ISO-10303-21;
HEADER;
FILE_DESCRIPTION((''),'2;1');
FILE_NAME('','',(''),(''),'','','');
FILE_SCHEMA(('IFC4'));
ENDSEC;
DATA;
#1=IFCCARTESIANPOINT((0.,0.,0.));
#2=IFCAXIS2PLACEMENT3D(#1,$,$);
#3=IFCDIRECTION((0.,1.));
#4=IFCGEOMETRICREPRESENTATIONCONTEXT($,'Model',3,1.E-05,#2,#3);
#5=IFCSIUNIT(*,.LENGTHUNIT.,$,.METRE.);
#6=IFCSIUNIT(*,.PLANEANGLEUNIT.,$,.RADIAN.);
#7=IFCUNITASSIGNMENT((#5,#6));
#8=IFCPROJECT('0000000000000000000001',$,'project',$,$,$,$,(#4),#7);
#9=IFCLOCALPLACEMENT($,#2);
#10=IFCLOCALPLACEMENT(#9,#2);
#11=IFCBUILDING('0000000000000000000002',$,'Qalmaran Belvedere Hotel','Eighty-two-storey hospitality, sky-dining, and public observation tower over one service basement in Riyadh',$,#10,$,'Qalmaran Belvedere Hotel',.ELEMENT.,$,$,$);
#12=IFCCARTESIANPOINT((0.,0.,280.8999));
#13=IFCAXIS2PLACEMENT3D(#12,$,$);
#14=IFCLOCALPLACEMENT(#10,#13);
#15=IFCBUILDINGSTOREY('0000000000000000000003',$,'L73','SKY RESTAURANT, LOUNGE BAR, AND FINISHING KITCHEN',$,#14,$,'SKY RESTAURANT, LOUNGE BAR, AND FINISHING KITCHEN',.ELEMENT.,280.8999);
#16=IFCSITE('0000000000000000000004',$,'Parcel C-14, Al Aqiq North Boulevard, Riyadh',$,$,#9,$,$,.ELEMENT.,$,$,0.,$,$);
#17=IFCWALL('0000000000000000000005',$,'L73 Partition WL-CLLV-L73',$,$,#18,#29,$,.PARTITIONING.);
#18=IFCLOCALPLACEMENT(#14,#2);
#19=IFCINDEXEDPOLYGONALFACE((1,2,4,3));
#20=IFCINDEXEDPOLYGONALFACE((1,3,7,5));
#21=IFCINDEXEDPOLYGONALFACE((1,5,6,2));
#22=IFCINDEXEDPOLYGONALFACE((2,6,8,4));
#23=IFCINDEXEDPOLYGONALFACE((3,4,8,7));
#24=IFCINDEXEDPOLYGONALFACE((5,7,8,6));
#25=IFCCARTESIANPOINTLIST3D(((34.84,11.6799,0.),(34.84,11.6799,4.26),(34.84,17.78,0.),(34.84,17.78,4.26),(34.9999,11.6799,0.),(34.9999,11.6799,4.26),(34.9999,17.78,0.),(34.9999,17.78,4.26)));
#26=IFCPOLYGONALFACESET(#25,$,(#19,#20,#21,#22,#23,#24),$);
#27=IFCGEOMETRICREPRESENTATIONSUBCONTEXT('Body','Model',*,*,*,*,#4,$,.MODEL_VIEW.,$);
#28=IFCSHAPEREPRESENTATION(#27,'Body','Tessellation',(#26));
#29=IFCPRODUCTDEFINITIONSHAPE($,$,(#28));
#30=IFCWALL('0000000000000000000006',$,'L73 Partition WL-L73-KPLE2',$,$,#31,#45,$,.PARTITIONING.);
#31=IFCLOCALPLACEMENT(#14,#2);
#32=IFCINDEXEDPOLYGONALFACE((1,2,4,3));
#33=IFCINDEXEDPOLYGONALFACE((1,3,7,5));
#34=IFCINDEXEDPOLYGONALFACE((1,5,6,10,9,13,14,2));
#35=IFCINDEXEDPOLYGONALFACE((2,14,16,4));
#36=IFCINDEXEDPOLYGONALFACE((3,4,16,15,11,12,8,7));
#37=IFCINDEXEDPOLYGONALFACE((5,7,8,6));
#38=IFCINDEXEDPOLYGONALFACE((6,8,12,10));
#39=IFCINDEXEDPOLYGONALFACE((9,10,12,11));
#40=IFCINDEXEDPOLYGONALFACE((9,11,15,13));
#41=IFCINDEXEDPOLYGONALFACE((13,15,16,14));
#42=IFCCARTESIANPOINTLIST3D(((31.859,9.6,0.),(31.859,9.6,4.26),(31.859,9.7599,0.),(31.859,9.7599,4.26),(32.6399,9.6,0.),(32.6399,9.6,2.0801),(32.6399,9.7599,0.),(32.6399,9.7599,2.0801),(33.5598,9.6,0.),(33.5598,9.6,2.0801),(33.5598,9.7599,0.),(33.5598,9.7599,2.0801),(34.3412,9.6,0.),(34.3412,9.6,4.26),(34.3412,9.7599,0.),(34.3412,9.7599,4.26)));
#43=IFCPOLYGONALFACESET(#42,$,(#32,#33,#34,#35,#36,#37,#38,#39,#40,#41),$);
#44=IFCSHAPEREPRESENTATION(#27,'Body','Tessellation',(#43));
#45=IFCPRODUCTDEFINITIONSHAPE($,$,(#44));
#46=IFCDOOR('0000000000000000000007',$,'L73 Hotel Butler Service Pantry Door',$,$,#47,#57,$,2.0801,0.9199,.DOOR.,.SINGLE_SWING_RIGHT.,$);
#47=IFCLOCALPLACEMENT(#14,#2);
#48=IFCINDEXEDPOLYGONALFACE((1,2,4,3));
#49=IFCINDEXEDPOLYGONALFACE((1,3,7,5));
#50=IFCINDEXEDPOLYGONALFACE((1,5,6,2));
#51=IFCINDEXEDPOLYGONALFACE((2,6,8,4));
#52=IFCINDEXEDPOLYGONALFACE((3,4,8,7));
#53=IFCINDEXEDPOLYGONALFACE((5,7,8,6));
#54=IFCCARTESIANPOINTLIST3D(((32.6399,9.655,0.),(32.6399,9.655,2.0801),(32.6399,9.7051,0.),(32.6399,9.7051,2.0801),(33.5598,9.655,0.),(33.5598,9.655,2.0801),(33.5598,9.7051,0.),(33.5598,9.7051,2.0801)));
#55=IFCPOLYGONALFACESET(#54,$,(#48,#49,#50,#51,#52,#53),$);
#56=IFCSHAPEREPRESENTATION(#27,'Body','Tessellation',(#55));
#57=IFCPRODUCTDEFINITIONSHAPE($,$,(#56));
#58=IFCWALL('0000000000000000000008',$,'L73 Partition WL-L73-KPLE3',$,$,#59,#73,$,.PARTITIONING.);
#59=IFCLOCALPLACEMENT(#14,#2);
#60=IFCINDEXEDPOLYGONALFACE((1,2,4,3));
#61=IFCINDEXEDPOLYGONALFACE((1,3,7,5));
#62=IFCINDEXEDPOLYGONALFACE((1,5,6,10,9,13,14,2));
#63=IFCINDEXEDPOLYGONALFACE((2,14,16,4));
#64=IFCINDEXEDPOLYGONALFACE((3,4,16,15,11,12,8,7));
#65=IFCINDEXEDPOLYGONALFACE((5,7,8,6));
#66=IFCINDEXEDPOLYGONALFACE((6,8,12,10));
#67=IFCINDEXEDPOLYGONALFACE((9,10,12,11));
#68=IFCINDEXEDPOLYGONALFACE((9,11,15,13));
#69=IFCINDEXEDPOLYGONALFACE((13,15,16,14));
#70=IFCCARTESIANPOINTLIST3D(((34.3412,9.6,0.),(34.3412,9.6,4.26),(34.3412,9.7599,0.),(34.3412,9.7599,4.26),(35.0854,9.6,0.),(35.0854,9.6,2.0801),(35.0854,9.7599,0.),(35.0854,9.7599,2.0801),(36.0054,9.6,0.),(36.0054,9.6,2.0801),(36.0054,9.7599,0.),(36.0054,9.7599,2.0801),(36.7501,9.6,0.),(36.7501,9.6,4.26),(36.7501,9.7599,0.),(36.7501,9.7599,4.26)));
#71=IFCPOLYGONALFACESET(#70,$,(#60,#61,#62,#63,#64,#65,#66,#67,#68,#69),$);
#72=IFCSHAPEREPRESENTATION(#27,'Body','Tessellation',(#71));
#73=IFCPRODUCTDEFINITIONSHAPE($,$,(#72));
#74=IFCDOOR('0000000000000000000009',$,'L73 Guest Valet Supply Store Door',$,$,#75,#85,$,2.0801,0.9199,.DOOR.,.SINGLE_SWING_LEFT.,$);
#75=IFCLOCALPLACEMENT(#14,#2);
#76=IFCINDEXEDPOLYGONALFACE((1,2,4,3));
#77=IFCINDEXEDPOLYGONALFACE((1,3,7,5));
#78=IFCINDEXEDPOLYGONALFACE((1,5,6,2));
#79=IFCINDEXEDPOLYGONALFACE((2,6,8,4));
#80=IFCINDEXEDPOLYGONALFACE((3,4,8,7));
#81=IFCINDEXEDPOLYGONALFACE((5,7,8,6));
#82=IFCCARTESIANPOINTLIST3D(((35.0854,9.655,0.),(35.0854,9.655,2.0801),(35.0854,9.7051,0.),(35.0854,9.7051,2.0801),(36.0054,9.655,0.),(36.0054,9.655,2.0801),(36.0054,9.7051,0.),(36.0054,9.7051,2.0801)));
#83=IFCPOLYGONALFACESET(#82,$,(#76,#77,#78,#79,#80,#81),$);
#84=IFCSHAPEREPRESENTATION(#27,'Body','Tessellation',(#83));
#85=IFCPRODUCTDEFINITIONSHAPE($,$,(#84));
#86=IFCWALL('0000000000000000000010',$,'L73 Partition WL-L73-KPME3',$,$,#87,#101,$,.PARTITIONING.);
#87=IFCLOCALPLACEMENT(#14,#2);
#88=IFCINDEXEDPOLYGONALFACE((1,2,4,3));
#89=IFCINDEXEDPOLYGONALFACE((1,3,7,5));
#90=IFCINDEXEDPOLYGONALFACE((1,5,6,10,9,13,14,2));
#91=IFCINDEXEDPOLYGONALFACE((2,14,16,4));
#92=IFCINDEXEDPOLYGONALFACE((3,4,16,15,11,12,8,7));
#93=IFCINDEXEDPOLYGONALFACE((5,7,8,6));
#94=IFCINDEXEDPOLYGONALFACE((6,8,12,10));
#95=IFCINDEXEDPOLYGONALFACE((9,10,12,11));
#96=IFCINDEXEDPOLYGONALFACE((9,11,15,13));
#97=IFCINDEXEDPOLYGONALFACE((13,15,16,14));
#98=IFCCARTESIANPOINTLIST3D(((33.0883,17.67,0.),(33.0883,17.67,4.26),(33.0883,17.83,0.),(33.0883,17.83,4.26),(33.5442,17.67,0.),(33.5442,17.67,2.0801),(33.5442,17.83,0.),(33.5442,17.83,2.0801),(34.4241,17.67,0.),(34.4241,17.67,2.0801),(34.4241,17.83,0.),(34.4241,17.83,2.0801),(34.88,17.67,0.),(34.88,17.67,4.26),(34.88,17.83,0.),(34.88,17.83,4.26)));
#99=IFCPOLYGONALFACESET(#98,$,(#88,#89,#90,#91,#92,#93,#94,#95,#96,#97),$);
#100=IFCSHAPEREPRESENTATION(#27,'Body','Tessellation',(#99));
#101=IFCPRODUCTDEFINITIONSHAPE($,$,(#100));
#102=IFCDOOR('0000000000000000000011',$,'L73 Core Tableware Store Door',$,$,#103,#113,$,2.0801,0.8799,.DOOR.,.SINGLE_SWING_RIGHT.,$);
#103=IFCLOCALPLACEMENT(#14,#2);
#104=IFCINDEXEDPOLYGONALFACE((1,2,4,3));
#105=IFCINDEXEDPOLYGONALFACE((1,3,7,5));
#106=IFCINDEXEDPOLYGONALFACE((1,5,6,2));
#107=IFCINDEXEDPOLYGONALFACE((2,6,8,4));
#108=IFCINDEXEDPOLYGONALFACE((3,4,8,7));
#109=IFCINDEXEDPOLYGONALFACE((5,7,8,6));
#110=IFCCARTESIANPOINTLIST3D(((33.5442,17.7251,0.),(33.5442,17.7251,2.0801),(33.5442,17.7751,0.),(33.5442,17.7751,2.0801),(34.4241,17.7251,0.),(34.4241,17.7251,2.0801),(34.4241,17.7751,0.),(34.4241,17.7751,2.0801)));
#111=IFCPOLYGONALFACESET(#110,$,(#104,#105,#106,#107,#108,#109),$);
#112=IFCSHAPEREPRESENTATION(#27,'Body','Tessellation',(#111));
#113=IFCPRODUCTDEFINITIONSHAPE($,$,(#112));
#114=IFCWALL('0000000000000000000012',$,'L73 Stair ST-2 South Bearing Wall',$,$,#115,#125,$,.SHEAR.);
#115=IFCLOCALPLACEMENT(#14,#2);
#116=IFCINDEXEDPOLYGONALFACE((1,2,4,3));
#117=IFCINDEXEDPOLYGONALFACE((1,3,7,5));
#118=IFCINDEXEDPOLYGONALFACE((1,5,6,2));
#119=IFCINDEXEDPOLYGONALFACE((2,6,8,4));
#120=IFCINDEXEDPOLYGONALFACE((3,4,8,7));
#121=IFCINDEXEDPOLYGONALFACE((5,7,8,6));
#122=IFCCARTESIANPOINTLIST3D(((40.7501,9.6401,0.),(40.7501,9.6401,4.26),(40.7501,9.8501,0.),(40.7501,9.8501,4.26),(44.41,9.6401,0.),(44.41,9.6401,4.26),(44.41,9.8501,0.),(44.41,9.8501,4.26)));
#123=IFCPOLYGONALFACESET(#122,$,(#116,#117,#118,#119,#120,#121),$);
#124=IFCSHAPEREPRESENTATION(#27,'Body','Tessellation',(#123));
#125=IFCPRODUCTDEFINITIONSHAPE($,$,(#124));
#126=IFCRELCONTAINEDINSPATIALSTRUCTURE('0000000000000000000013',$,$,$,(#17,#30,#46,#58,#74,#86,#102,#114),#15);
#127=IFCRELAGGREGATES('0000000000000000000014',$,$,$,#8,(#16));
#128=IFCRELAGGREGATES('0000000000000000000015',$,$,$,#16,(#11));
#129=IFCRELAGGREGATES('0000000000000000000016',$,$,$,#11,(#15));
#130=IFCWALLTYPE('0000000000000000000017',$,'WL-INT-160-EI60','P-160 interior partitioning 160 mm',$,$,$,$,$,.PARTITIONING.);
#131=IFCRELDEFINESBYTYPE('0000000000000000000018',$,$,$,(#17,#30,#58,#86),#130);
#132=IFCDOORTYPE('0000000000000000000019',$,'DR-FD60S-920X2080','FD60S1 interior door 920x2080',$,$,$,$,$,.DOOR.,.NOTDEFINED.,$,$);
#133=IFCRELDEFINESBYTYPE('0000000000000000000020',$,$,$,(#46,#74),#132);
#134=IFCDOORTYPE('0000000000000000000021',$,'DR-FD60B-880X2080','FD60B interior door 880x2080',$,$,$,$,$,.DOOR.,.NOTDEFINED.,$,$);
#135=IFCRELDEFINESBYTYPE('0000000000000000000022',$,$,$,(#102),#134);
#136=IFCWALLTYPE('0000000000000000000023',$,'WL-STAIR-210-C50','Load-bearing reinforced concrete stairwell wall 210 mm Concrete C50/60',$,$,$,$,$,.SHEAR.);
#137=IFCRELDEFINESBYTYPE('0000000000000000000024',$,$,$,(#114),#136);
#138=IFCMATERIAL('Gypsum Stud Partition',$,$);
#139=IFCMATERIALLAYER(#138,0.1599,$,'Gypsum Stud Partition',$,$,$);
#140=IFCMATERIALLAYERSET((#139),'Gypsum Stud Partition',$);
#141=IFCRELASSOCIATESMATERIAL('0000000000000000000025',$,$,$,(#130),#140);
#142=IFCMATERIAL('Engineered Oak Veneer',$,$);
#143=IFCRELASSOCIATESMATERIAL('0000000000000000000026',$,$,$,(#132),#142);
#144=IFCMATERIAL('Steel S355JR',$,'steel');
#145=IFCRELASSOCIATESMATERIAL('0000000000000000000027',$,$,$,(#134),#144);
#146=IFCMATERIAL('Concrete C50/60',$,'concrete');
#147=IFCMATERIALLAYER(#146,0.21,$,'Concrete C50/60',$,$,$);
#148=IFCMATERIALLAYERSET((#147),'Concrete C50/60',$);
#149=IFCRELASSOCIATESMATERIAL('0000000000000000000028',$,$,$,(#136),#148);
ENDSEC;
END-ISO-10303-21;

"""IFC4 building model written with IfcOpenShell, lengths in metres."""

from ifc_helpers import new_model, si_unit, direction, frame, frame_2d, origin, place, context, subcontext, project, spatial, rectangle, extrude, material, layer, layer_set, type_object, element, fill, save


model = new_model("IFC4")

# Units and contexts
model_context = context("Model", 3, precision=1e-05, world=origin(), true_north=direction((0.0, 1.0)))
body_context = subcontext(model_context, "Body", "Model", "MODEL_VIEW")
ifc_project = project(units=[si_unit("LENGTHUNIT", "METRE"), si_unit("PLANEANGLEUNIT", "RADIAN")], contexts=[model_context])

# Site, building, storey
site_placement = place(None, origin())
site = spatial("IfcSite", under=ifc_project, at=site_placement, Name="Parcel C-14, Al Aqiq North Boulevard, Riyadh", CompositionType="ELEMENT", RefElevation=0.0)
building_placement = place(site_placement, origin())
building = spatial("IfcBuilding", under=site, at=building_placement, Name="Qalmaran Belvedere Hotel", Description="Eighty-two-storey hospitality, sky-dining, and public observation tower over one service basement in Riyadh", LongName="Qalmaran Belvedere Hotel", CompositionType="ELEMENT")
storey_placement = place(building_placement, frame((0.0, 0.0, 280.8999)))
storey = spatial("IfcBuildingStorey", under=building, at=storey_placement, Name="L73", Description="SKY RESTAURANT, LOUNGE BAR, AND FINISHING KITCHEN", LongName="SKY RESTAURANT, LOUNGE BAR, AND FINISHING KITCHEN", CompositionType="ELEMENT", Elevation=280.8999)

# Shared definitions
ifc_material_1 = material(Name="Concrete C50/60", Category="concrete")

# Shared definitions
ifc_material_2 = material(Name="Steel S355JR", Category="steel")

# Shared definitions
ifc_material_3 = material(Name="Gypsum Stud Partition")

# Shared definitions
ifc_layer_1 = layer(ifc_material_3, 0.1599, Name="Gypsum Stud Partition")
ifc_layer_set_1 = layer_set([ifc_layer_1], Name="Gypsum Stud Partition")
wall_type_1 = type_object("IfcWallType", Name="WL-INT-160-EI60", Description="P-160 interior partitioning 160 mm", PredefinedType="PARTITIONING", material=ifc_layer_set_1)
ifc_material_4 = material(Name="Engineered Oak Veneer")
door_type_1 = type_object("IfcDoorType", Name="DR-FD60S-920X2080", Description="FD60S1 interior door 920x2080", OperationType="NOTDEFINED", PredefinedType="DOOR", material=ifc_material_4)

# Wall
wall_1_placement = place(storey_placement, frame((34.9199, 11.6799, 0.0), z_axis=(0.0, 0.0, 1.0), x_axis=(0.0, 1.0, 0.0)))
element("IfcWall", 1, at=wall_1_placement, inside=storey, type_object=wall_type_1, Name="L73 Partition WL-CLLV-L73", PredefinedType="PARTITIONING", context=body_context, shape_type="SweptSolid", body=[
    extrude(rectangle(XDim=6.1001, YDim=0.1599, at=frame_2d((3.05, 0.0))), origin(), (0.0, 0.0, 1.0), 4.26),
])

# Walls, openings, doors
wall_2_placement = place(storey_placement, frame((31.8589, 9.6799, 0.0), z_axis=(0.0, 0.0, 1.0), x_axis=(1.0, 0.0, 0.0)))
wall_2 = element("IfcWall", 2, at=wall_2_placement, inside=storey, type_object=wall_type_1, Name="L73 Partition WL-L73-KPLE2", PredefinedType="PARTITIONING", context=body_context, shape_type="SweptSolid", body=[
    extrude(rectangle(XDim=2.4822, YDim=0.1599, at=frame_2d((1.2412, 0.0))), origin(), (0.0, 0.0, 1.0), 4.26),
])
opening_1_placement = place(wall_2_placement, frame((1.7009, 0.0, 0.0), z_axis=(0.0, 0.0, 1.0), x_axis=(-1.0, 0.0, 0.0)))
opening_1 = element("IfcOpeningElement", 3, at=opening_1_placement, cuts=wall_2, PredefinedType="OPENING", context=body_context, shape_type="SweptSolid", body=[
    extrude(rectangle(XDim=0.9199, YDim=2.0801, at=frame_2d((0.46, 1.04))), frame((0.0, 0.0898, 0.0), z_axis=(0.0, -1.0, 0.0), x_axis=(1.0, 0.0, 0.0)), (0.0, 0.0, 1.0), 0.1799),
])
door_1_placement = place(opening_1_placement, origin())
door_1 = element("IfcDoor", 4, at=door_1_placement, inside=storey, type_object=door_type_1, Name="L73 Hotel Butler Service Pantry Door", OperationType="SINGLE_SWING_RIGHT", OverallHeight=2.0801, OverallWidth=0.9199, PredefinedType="DOOR", context=body_context, shape_type="SweptSolid", body=[
    extrude(rectangle(XDim=0.9199, YDim=2.0801, at=frame_2d((0.46, 1.04))), frame((0.0, 0.0249, 0.0), z_axis=(0.0, -1.0, 0.0), x_axis=(1.0, 0.0, 0.0)), (0.0, 0.0, 1.0), 0.05),
])
fill(opening_1, door_1)
wall_3_placement = place(storey_placement, frame((34.3411, 9.6799, 0.0), z_axis=(0.0, 0.0, 1.0), x_axis=(1.0, 0.0, 0.0)))
wall_3 = element("IfcWall", 5, at=wall_3_placement, inside=storey, type_object=wall_type_1, Name="L73 Partition WL-L73-KPLE3", PredefinedType="PARTITIONING", context=body_context, shape_type="SweptSolid", body=[
    extrude(rectangle(XDim=2.4089, YDim=0.1599, at=frame_2d((1.2046, 0.0))), origin(), (0.0, 0.0, 1.0), 4.26),
])
opening_2_placement = place(wall_3_placement, frame((1.6643, 0.0, 0.0), z_axis=(0.0, 0.0, 1.0), x_axis=(-1.0, 0.0, 0.0)))
opening_2 = element("IfcOpeningElement", 6, at=opening_2_placement, cuts=wall_3, PredefinedType="OPENING", context=body_context, shape_type="SweptSolid", body=[
    extrude(rectangle(XDim=0.9199, YDim=2.0801, at=frame_2d((0.46, 1.04))), frame((0.0, 0.0898, 0.0), z_axis=(0.0, -1.0, 0.0), x_axis=(1.0, 0.0, 0.0)), (0.0, 0.0, 1.0), 0.1799),
])
door_2_placement = place(opening_2_placement, origin())
door_2 = element("IfcDoor", 7, at=door_2_placement, inside=storey, type_object=door_type_1, Name="L73 Guest Valet Supply Store Door", OperationType="SINGLE_SWING_LEFT", OverallHeight=2.0801, OverallWidth=0.9199, PredefinedType="DOOR", context=body_context, shape_type="SweptSolid", body=[
    extrude(rectangle(XDim=0.9199, YDim=2.0801, at=frame_2d((0.46, 1.04))), frame((0.0, 0.0249, 0.0), z_axis=(0.0, -1.0, 0.0), x_axis=(1.0, 0.0, 0.0)), (0.0, 0.0, 1.0), 0.05),
])
fill(opening_2, door_2)
wall_4_placement = place(storey_placement, frame((33.0881, 17.75, 0.0), z_axis=(0.0, 0.0, 1.0), x_axis=(1.0, 0.0, 0.0)))
wall_4 = element("IfcWall", 8, at=wall_4_placement, inside=storey, type_object=wall_type_1, Name="L73 Partition WL-L73-KPME3", PredefinedType="PARTITIONING", context=body_context, shape_type="SweptSolid", body=[
    extrude(rectangle(XDim=1.7917, YDim=0.1599, at=frame_2d((0.896, 0.0))), origin(), (0.0, 0.0, 1.0), 4.26),
])
opening_3_placement = place(wall_4_placement, frame((1.3359, 0.0, 0.0), z_axis=(0.0, 0.0, 1.0), x_axis=(-1.0, 0.0, 0.0)))
opening_3 = element("IfcOpeningElement", 9, at=opening_3_placement, cuts=wall_4, PredefinedType="OPENING", context=body_context, shape_type="SweptSolid", body=[
    extrude(rectangle(XDim=0.8799, YDim=2.0801, at=frame_2d((0.4399, 1.04))), frame((0.0, 0.0898, 0.0), z_axis=(0.0, -1.0, 0.0), x_axis=(1.0, 0.0, 0.0)), (0.0, 0.0, 1.0), 0.1799),
])
door_type_2 = type_object("IfcDoorType", Name="DR-FD60B-880X2080", Description="FD60B interior door 880x2080", OperationType="NOTDEFINED", PredefinedType="DOOR", material=ifc_material_2)
door_3_placement = place(opening_3_placement, origin())
door_3 = element("IfcDoor", 10, at=door_3_placement, inside=storey, type_object=door_type_2, Name="L73 Core Tableware Store Door", OperationType="SINGLE_SWING_RIGHT", OverallHeight=2.0801, OverallWidth=0.8799, PredefinedType="DOOR", context=body_context, shape_type="SweptSolid", body=[
    extrude(rectangle(XDim=0.8799, YDim=2.0801, at=frame_2d((0.4399, 1.04))), frame((0.0, 0.0249, 0.0), z_axis=(0.0, -1.0, 0.0), x_axis=(1.0, 0.0, 0.0)), (0.0, 0.0, 1.0), 0.05),
])
fill(opening_3, door_3)

# Wall
ifc_layer_2 = layer(ifc_material_1, 0.21, Name="Concrete C50/60")
ifc_layer_set_2 = layer_set([ifc_layer_2], Name="Concrete C50/60")
wall_type_2 = type_object("IfcWallType", Name="WL-STAIR-210-C50", Description="Load-bearing reinforced concrete stairwell wall 210 mm Concrete C50/60", PredefinedType="SHEAR", material=ifc_layer_set_2)
wall_5_placement = place(storey_placement, frame((40.75, 9.7451, 0.0), z_axis=(0.0, 0.0, 1.0), x_axis=(1.0, 0.0, 0.0)))
element("IfcWall", 11, at=wall_5_placement, inside=storey, type_object=wall_type_2, Name="L73 Stair ST-2 South Bearing Wall", PredefinedType="SHEAR", context=body_context, shape_type="SweptSolid", body=[
    extrude(rectangle(XDim=3.6599, YDim=0.21, at=frame_2d((1.8301, 0.0))), origin(), (0.0, 0.0, 1.0), 4.26),
])

save(model, "model.ifc")
